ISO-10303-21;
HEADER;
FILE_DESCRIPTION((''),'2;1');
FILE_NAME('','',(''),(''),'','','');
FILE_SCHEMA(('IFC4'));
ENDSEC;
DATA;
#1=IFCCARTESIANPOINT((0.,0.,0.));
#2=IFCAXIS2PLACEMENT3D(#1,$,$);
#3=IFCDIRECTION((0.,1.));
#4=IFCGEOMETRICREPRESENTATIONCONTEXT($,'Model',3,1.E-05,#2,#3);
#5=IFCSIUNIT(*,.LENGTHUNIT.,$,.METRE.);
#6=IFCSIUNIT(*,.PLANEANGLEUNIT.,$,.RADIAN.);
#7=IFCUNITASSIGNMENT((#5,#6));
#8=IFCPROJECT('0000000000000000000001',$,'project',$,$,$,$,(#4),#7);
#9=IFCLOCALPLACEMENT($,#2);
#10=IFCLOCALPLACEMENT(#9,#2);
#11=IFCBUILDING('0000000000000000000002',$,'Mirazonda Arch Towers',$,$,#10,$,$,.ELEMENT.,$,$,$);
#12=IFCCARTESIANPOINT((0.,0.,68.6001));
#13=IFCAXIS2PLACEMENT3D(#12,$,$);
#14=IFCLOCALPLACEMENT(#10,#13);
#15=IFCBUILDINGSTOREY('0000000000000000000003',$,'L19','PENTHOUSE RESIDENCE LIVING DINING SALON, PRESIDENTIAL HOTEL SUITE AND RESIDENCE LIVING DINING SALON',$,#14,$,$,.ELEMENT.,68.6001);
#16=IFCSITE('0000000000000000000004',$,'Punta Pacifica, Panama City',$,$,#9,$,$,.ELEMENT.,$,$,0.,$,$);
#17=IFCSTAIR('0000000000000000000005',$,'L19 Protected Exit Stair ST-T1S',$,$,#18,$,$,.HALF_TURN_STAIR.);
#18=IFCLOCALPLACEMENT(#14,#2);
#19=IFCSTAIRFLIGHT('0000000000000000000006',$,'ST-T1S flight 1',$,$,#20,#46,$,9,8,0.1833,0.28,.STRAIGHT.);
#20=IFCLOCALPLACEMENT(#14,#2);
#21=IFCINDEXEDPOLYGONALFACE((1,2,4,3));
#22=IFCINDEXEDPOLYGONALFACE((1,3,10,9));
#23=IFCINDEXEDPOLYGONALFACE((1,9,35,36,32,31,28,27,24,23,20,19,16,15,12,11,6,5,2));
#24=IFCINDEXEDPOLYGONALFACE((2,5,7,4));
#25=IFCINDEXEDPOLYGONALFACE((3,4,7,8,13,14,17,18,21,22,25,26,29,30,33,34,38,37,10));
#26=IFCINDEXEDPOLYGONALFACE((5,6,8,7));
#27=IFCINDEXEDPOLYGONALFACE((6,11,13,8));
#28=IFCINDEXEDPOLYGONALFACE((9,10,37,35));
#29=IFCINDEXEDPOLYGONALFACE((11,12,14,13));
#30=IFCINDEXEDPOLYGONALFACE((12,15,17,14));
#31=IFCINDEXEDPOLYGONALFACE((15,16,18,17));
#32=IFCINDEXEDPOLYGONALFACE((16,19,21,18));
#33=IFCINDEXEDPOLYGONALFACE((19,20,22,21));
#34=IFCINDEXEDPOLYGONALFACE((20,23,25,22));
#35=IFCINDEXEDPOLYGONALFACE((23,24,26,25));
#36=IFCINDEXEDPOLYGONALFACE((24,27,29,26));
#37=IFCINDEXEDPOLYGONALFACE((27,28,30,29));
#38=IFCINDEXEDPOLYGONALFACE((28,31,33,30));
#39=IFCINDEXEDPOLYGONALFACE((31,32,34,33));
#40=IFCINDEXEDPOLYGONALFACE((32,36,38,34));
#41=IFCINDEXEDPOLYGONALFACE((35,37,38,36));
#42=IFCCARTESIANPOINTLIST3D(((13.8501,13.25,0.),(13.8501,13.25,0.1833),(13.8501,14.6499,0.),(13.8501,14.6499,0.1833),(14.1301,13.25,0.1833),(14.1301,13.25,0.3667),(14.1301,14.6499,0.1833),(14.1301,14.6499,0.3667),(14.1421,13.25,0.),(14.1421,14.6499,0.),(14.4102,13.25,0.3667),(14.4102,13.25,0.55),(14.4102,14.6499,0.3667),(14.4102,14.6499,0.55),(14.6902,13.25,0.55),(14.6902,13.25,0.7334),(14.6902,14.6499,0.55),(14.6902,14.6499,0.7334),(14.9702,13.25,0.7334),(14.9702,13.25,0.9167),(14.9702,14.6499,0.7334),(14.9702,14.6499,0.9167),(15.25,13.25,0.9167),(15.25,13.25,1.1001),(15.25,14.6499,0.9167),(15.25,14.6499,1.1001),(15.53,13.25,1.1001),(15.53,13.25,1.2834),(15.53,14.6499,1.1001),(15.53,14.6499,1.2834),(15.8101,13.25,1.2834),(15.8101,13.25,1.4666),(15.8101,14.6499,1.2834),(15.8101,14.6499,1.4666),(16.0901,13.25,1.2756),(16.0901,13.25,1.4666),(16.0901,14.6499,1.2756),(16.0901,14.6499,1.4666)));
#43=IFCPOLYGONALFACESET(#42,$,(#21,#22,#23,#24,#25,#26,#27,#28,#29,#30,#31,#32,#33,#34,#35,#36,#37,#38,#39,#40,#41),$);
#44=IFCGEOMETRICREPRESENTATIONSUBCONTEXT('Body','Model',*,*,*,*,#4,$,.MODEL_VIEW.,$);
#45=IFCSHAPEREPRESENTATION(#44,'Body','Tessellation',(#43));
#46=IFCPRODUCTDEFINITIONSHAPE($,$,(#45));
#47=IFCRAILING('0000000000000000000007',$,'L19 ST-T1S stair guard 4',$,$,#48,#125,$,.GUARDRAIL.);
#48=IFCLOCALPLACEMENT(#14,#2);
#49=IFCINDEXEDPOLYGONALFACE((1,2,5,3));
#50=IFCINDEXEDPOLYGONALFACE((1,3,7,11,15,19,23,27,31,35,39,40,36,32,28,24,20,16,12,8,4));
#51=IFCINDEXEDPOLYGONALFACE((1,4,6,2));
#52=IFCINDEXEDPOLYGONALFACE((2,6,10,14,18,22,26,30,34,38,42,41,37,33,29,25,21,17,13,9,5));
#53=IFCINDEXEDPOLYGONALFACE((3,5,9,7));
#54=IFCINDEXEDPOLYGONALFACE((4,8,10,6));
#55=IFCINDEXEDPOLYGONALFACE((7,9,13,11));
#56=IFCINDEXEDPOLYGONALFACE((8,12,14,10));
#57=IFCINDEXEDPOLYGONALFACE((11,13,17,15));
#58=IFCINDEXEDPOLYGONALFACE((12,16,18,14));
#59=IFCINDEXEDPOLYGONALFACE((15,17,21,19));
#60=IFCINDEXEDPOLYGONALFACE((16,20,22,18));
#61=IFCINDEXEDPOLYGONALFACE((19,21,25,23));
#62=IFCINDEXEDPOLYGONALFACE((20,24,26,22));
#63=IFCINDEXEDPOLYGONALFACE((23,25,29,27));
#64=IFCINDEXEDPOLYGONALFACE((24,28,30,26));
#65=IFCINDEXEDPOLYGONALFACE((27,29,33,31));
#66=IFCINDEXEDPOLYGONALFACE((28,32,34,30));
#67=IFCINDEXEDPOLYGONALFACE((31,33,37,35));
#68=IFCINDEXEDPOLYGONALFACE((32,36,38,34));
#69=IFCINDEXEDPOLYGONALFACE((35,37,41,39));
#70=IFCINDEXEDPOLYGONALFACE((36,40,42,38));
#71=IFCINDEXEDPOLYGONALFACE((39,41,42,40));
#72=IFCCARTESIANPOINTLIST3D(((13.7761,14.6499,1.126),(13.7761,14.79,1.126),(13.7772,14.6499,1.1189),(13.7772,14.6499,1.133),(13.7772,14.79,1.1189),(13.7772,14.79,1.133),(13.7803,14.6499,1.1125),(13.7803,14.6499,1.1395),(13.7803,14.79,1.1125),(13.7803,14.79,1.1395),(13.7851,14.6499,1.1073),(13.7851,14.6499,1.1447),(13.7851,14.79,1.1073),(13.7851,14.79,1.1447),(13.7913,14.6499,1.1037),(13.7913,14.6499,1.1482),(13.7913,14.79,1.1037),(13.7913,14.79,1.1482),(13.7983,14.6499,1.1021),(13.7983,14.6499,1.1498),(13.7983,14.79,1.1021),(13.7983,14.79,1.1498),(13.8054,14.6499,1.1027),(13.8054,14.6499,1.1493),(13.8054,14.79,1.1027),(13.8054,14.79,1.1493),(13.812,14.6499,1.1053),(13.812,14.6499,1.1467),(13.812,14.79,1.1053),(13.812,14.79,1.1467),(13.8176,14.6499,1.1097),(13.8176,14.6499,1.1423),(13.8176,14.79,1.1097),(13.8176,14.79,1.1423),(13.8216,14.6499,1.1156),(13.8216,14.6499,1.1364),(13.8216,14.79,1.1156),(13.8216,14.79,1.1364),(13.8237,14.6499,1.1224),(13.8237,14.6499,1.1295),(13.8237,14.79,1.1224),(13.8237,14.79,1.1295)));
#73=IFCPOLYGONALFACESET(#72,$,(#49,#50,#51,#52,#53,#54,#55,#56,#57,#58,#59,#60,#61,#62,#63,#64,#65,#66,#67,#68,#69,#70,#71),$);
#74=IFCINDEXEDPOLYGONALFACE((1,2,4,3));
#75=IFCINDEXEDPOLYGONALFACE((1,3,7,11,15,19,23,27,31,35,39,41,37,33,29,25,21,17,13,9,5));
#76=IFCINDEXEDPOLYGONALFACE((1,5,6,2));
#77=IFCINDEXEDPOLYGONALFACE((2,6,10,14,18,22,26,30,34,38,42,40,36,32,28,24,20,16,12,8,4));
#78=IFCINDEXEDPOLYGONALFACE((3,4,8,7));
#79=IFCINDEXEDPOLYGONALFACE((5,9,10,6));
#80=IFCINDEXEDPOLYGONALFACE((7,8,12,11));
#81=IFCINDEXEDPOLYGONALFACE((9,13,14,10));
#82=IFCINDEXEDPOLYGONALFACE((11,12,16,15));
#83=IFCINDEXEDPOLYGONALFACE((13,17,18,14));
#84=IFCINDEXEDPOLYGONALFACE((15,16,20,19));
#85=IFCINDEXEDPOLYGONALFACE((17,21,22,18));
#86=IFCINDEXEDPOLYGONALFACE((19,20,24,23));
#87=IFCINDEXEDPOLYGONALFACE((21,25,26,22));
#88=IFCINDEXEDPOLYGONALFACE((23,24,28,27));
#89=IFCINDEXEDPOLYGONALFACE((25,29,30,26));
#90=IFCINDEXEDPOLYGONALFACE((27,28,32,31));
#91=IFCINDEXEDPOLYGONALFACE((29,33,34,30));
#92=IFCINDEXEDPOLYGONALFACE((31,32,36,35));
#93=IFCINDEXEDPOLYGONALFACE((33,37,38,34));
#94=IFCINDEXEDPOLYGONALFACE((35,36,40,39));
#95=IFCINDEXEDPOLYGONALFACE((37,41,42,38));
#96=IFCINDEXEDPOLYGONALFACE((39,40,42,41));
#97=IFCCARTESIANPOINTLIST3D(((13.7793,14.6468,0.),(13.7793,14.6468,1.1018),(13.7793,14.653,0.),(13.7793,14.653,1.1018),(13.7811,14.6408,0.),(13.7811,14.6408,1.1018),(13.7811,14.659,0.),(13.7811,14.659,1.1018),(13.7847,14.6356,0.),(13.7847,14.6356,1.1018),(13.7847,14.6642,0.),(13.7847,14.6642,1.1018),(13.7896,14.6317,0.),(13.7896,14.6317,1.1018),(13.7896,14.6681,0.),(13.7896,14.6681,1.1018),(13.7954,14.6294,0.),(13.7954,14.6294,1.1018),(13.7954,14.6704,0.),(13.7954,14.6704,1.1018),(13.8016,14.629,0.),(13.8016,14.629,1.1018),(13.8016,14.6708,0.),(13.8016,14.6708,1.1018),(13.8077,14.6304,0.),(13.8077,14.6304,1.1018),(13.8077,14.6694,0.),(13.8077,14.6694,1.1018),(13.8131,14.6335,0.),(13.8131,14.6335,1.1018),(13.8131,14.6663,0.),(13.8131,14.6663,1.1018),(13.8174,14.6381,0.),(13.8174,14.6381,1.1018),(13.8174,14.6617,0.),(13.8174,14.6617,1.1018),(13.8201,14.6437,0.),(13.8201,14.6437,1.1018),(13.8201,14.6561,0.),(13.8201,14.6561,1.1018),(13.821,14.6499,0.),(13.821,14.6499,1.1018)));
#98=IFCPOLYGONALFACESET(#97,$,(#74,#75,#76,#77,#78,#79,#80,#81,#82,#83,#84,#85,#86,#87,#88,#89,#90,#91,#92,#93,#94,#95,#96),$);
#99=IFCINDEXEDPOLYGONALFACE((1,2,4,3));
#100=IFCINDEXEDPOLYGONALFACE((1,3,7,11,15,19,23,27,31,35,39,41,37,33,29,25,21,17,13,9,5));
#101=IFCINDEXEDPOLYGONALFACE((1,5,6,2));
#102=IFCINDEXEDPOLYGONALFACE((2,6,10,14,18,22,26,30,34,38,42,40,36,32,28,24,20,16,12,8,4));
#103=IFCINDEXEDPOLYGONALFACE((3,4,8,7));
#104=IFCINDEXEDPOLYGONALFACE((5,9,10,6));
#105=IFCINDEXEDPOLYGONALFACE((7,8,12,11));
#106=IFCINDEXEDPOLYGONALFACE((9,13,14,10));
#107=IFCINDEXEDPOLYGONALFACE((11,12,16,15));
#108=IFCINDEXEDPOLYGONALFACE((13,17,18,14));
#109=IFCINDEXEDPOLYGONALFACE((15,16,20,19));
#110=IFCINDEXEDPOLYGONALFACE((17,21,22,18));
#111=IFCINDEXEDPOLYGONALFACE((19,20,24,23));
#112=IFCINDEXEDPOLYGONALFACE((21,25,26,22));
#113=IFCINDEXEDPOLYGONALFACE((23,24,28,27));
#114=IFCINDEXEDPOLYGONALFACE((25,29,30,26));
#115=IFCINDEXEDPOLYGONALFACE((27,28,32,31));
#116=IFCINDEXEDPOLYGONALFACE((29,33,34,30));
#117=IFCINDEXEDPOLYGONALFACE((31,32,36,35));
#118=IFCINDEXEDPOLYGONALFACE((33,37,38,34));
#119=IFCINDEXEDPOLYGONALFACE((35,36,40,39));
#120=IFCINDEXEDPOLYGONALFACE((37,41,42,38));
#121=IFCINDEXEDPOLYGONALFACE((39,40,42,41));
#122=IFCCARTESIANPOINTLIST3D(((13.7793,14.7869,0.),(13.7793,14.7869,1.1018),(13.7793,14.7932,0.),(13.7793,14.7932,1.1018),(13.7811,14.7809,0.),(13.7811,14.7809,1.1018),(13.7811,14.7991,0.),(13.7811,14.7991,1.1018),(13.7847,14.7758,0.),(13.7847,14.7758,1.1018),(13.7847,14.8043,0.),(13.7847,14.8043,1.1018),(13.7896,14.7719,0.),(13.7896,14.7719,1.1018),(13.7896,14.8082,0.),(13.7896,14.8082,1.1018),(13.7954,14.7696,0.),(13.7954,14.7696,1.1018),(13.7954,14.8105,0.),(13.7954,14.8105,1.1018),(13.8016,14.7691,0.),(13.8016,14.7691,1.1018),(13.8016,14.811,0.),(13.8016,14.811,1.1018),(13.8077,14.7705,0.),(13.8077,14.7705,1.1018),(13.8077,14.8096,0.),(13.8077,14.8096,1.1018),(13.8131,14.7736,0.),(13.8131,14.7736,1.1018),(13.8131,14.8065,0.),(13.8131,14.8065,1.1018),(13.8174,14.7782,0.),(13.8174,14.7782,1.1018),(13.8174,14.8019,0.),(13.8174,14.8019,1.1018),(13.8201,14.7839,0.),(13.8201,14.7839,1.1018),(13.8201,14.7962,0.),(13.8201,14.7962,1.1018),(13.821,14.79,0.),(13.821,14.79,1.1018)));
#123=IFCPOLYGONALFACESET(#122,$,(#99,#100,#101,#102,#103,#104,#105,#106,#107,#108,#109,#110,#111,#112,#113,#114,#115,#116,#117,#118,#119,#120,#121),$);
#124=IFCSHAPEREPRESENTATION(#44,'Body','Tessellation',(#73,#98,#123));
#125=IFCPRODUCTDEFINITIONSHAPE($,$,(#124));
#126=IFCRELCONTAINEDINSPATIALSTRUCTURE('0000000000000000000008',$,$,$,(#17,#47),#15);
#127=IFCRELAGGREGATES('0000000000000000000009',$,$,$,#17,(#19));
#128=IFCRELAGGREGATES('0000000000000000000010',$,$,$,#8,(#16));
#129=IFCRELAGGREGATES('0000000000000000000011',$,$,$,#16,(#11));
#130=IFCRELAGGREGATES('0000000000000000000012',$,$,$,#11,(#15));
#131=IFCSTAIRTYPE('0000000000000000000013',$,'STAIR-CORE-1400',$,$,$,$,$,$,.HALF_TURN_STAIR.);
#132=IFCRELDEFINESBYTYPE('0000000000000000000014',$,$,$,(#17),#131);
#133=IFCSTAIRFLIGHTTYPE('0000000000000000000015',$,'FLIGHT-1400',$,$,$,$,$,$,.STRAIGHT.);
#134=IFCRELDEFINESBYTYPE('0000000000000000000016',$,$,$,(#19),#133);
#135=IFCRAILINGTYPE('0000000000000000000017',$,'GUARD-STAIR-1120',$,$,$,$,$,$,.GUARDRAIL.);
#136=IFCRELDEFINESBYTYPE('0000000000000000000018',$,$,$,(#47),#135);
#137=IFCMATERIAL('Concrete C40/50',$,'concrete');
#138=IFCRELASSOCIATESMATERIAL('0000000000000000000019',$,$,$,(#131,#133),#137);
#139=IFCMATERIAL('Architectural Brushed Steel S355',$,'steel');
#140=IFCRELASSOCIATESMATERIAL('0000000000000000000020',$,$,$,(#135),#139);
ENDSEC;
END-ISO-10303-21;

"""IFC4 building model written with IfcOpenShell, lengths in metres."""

from ifc_helpers import new_model, si_unit, direction, frame, origin, origin_2d, place, context, subcontext, project, spatial, polyline, circle, outline, extrude, material, type_object, element, aggregate, save


model = new_model("IFC4")

# Units and contexts
model_context = context("Model", 3, precision=1e-05, world=origin(), true_north=direction((0.0, 1.0)))
body_context = subcontext(model_context, "Body", "Model", "MODEL_VIEW")
ifc_project = project(units=[si_unit("LENGTHUNIT", "METRE"), si_unit("PLANEANGLEUNIT", "RADIAN")], contexts=[model_context])

# Site, building, storey
site_placement = place(None, origin())
site = spatial("IfcSite", under=ifc_project, at=site_placement, Name="Punta Pacifica, Panama City", CompositionType="ELEMENT", RefElevation=0.0)
building_placement = place(site_placement, origin())
building = spatial("IfcBuilding", under=site, at=building_placement, Name="Mirazonda Arch Towers", CompositionType="ELEMENT")
storey_placement = place(building_placement, frame((0.0, 0.0, 68.6001)))
storey = spatial("IfcBuildingStorey", under=building, at=storey_placement, Name="L19", Description="PENTHOUSE RESIDENCE LIVING DINING SALON, PRESIDENTIAL HOTEL SUITE AND RESIDENCE LIVING DINING SALON", CompositionType="ELEMENT", Elevation=68.6001)

# Stair
ifc_material_1 = material(Name="Concrete C40/50", Category="concrete")
stair_type = type_object("IfcStairType", Name="STAIR-CORE-1400", PredefinedType="HALF_TURN_STAIR", material=ifc_material_1)
stair_1_placement = place(storey_placement, origin())
stair_1 = element("IfcStair", 1, at=stair_1_placement, inside=storey, type_object=stair_type, Name="L19 Protected Exit Stair ST-T1S", PredefinedType="HALF_TURN_STAIR")

# Shared definitions
ifc_material_2 = material(Name="Architectural Brushed Steel S355", Category="steel")

# Stair flight
stair_flight_type = type_object("IfcStairFlightType", Name="FLIGHT-1400", PredefinedType="STRAIGHT", material=ifc_material_1)
stair_flight_placement = place(storey_placement, frame((13.8501, 13.95, 0.0), z_axis=(0.0, 0.0, 1.0), x_axis=(1.0, 0.0, 0.0)))
stair_flight = element("IfcStairFlight", 2, at=stair_flight_placement, type_object=stair_flight_type, Name="ST-T1S flight 1", NumberOfRisers=9, NumberOfTreads=8, PredefinedType="STRAIGHT", RiserHeight=0.1833, TreadLength=0.28, context=body_context, shape_type="SweptSolid", body=[
    extrude(outline(polyline([(0.0, 0.0), (0.0, 0.1833), (0.28, 0.1833), (0.28, 0.3667), (0.5601, 0.3667), (0.5601, 0.55), (0.8401, 0.55), (0.8401, 0.7334), (1.1201, 0.7334), (1.1201, 0.9167), (1.3999, 0.9167), (1.3999, 1.1001), (1.6799, 1.1001), (1.6799, 1.2834), (1.96, 1.2834), (1.96, 1.4666), (2.24, 1.4666), (2.24, 1.6499), (2.24, 1.2756), (0.292, 0.0), (0.0, 0.0)])), frame((0.0, 0.7, 0.0), z_axis=(0.0, -1.0, 0.0), x_axis=(1.0, 0.0, 0.0)), (0.0, 0.0, 1.0), 1.3999),
])
aggregate(stair_1, [stair_flight])

# Railing
railing_type_1 = type_object("IfcRailingType", Name="GUARD-STAIR-1120", PredefinedType="GUARDRAIL", material=ifc_material_2)
railing_1_placement = place(storey_placement, frame((13.8, 14.6499, 0.0)))
element("IfcRailing", 3, at=railing_1_placement, inside=storey, type_object=railing_type_1, Name="L19 ST-T1S stair guard 4", PredefinedType="GUARDRAIL", context=body_context, shape_type="SweptSolid", body=[
    extrude(circle(Radius=0.0239, at=origin_2d()), frame((0.0, 0.0, 1.126), z_axis=(0.0, 1.0, 0.0), x_axis=(-1.0, 0.0, 0.0)), (0.0, 0.0, 1.0), 0.1401),
    extrude(circle(Radius=0.021, at=origin_2d()), origin(), (0.0, 0.0, 1.0), 1.1018),
    extrude(circle(Radius=0.021, at=origin_2d()), frame((0.0, 0.1401, 0.0)), (0.0, 0.0, 1.0), 1.1018),
])

save(model, "model.ifc")
